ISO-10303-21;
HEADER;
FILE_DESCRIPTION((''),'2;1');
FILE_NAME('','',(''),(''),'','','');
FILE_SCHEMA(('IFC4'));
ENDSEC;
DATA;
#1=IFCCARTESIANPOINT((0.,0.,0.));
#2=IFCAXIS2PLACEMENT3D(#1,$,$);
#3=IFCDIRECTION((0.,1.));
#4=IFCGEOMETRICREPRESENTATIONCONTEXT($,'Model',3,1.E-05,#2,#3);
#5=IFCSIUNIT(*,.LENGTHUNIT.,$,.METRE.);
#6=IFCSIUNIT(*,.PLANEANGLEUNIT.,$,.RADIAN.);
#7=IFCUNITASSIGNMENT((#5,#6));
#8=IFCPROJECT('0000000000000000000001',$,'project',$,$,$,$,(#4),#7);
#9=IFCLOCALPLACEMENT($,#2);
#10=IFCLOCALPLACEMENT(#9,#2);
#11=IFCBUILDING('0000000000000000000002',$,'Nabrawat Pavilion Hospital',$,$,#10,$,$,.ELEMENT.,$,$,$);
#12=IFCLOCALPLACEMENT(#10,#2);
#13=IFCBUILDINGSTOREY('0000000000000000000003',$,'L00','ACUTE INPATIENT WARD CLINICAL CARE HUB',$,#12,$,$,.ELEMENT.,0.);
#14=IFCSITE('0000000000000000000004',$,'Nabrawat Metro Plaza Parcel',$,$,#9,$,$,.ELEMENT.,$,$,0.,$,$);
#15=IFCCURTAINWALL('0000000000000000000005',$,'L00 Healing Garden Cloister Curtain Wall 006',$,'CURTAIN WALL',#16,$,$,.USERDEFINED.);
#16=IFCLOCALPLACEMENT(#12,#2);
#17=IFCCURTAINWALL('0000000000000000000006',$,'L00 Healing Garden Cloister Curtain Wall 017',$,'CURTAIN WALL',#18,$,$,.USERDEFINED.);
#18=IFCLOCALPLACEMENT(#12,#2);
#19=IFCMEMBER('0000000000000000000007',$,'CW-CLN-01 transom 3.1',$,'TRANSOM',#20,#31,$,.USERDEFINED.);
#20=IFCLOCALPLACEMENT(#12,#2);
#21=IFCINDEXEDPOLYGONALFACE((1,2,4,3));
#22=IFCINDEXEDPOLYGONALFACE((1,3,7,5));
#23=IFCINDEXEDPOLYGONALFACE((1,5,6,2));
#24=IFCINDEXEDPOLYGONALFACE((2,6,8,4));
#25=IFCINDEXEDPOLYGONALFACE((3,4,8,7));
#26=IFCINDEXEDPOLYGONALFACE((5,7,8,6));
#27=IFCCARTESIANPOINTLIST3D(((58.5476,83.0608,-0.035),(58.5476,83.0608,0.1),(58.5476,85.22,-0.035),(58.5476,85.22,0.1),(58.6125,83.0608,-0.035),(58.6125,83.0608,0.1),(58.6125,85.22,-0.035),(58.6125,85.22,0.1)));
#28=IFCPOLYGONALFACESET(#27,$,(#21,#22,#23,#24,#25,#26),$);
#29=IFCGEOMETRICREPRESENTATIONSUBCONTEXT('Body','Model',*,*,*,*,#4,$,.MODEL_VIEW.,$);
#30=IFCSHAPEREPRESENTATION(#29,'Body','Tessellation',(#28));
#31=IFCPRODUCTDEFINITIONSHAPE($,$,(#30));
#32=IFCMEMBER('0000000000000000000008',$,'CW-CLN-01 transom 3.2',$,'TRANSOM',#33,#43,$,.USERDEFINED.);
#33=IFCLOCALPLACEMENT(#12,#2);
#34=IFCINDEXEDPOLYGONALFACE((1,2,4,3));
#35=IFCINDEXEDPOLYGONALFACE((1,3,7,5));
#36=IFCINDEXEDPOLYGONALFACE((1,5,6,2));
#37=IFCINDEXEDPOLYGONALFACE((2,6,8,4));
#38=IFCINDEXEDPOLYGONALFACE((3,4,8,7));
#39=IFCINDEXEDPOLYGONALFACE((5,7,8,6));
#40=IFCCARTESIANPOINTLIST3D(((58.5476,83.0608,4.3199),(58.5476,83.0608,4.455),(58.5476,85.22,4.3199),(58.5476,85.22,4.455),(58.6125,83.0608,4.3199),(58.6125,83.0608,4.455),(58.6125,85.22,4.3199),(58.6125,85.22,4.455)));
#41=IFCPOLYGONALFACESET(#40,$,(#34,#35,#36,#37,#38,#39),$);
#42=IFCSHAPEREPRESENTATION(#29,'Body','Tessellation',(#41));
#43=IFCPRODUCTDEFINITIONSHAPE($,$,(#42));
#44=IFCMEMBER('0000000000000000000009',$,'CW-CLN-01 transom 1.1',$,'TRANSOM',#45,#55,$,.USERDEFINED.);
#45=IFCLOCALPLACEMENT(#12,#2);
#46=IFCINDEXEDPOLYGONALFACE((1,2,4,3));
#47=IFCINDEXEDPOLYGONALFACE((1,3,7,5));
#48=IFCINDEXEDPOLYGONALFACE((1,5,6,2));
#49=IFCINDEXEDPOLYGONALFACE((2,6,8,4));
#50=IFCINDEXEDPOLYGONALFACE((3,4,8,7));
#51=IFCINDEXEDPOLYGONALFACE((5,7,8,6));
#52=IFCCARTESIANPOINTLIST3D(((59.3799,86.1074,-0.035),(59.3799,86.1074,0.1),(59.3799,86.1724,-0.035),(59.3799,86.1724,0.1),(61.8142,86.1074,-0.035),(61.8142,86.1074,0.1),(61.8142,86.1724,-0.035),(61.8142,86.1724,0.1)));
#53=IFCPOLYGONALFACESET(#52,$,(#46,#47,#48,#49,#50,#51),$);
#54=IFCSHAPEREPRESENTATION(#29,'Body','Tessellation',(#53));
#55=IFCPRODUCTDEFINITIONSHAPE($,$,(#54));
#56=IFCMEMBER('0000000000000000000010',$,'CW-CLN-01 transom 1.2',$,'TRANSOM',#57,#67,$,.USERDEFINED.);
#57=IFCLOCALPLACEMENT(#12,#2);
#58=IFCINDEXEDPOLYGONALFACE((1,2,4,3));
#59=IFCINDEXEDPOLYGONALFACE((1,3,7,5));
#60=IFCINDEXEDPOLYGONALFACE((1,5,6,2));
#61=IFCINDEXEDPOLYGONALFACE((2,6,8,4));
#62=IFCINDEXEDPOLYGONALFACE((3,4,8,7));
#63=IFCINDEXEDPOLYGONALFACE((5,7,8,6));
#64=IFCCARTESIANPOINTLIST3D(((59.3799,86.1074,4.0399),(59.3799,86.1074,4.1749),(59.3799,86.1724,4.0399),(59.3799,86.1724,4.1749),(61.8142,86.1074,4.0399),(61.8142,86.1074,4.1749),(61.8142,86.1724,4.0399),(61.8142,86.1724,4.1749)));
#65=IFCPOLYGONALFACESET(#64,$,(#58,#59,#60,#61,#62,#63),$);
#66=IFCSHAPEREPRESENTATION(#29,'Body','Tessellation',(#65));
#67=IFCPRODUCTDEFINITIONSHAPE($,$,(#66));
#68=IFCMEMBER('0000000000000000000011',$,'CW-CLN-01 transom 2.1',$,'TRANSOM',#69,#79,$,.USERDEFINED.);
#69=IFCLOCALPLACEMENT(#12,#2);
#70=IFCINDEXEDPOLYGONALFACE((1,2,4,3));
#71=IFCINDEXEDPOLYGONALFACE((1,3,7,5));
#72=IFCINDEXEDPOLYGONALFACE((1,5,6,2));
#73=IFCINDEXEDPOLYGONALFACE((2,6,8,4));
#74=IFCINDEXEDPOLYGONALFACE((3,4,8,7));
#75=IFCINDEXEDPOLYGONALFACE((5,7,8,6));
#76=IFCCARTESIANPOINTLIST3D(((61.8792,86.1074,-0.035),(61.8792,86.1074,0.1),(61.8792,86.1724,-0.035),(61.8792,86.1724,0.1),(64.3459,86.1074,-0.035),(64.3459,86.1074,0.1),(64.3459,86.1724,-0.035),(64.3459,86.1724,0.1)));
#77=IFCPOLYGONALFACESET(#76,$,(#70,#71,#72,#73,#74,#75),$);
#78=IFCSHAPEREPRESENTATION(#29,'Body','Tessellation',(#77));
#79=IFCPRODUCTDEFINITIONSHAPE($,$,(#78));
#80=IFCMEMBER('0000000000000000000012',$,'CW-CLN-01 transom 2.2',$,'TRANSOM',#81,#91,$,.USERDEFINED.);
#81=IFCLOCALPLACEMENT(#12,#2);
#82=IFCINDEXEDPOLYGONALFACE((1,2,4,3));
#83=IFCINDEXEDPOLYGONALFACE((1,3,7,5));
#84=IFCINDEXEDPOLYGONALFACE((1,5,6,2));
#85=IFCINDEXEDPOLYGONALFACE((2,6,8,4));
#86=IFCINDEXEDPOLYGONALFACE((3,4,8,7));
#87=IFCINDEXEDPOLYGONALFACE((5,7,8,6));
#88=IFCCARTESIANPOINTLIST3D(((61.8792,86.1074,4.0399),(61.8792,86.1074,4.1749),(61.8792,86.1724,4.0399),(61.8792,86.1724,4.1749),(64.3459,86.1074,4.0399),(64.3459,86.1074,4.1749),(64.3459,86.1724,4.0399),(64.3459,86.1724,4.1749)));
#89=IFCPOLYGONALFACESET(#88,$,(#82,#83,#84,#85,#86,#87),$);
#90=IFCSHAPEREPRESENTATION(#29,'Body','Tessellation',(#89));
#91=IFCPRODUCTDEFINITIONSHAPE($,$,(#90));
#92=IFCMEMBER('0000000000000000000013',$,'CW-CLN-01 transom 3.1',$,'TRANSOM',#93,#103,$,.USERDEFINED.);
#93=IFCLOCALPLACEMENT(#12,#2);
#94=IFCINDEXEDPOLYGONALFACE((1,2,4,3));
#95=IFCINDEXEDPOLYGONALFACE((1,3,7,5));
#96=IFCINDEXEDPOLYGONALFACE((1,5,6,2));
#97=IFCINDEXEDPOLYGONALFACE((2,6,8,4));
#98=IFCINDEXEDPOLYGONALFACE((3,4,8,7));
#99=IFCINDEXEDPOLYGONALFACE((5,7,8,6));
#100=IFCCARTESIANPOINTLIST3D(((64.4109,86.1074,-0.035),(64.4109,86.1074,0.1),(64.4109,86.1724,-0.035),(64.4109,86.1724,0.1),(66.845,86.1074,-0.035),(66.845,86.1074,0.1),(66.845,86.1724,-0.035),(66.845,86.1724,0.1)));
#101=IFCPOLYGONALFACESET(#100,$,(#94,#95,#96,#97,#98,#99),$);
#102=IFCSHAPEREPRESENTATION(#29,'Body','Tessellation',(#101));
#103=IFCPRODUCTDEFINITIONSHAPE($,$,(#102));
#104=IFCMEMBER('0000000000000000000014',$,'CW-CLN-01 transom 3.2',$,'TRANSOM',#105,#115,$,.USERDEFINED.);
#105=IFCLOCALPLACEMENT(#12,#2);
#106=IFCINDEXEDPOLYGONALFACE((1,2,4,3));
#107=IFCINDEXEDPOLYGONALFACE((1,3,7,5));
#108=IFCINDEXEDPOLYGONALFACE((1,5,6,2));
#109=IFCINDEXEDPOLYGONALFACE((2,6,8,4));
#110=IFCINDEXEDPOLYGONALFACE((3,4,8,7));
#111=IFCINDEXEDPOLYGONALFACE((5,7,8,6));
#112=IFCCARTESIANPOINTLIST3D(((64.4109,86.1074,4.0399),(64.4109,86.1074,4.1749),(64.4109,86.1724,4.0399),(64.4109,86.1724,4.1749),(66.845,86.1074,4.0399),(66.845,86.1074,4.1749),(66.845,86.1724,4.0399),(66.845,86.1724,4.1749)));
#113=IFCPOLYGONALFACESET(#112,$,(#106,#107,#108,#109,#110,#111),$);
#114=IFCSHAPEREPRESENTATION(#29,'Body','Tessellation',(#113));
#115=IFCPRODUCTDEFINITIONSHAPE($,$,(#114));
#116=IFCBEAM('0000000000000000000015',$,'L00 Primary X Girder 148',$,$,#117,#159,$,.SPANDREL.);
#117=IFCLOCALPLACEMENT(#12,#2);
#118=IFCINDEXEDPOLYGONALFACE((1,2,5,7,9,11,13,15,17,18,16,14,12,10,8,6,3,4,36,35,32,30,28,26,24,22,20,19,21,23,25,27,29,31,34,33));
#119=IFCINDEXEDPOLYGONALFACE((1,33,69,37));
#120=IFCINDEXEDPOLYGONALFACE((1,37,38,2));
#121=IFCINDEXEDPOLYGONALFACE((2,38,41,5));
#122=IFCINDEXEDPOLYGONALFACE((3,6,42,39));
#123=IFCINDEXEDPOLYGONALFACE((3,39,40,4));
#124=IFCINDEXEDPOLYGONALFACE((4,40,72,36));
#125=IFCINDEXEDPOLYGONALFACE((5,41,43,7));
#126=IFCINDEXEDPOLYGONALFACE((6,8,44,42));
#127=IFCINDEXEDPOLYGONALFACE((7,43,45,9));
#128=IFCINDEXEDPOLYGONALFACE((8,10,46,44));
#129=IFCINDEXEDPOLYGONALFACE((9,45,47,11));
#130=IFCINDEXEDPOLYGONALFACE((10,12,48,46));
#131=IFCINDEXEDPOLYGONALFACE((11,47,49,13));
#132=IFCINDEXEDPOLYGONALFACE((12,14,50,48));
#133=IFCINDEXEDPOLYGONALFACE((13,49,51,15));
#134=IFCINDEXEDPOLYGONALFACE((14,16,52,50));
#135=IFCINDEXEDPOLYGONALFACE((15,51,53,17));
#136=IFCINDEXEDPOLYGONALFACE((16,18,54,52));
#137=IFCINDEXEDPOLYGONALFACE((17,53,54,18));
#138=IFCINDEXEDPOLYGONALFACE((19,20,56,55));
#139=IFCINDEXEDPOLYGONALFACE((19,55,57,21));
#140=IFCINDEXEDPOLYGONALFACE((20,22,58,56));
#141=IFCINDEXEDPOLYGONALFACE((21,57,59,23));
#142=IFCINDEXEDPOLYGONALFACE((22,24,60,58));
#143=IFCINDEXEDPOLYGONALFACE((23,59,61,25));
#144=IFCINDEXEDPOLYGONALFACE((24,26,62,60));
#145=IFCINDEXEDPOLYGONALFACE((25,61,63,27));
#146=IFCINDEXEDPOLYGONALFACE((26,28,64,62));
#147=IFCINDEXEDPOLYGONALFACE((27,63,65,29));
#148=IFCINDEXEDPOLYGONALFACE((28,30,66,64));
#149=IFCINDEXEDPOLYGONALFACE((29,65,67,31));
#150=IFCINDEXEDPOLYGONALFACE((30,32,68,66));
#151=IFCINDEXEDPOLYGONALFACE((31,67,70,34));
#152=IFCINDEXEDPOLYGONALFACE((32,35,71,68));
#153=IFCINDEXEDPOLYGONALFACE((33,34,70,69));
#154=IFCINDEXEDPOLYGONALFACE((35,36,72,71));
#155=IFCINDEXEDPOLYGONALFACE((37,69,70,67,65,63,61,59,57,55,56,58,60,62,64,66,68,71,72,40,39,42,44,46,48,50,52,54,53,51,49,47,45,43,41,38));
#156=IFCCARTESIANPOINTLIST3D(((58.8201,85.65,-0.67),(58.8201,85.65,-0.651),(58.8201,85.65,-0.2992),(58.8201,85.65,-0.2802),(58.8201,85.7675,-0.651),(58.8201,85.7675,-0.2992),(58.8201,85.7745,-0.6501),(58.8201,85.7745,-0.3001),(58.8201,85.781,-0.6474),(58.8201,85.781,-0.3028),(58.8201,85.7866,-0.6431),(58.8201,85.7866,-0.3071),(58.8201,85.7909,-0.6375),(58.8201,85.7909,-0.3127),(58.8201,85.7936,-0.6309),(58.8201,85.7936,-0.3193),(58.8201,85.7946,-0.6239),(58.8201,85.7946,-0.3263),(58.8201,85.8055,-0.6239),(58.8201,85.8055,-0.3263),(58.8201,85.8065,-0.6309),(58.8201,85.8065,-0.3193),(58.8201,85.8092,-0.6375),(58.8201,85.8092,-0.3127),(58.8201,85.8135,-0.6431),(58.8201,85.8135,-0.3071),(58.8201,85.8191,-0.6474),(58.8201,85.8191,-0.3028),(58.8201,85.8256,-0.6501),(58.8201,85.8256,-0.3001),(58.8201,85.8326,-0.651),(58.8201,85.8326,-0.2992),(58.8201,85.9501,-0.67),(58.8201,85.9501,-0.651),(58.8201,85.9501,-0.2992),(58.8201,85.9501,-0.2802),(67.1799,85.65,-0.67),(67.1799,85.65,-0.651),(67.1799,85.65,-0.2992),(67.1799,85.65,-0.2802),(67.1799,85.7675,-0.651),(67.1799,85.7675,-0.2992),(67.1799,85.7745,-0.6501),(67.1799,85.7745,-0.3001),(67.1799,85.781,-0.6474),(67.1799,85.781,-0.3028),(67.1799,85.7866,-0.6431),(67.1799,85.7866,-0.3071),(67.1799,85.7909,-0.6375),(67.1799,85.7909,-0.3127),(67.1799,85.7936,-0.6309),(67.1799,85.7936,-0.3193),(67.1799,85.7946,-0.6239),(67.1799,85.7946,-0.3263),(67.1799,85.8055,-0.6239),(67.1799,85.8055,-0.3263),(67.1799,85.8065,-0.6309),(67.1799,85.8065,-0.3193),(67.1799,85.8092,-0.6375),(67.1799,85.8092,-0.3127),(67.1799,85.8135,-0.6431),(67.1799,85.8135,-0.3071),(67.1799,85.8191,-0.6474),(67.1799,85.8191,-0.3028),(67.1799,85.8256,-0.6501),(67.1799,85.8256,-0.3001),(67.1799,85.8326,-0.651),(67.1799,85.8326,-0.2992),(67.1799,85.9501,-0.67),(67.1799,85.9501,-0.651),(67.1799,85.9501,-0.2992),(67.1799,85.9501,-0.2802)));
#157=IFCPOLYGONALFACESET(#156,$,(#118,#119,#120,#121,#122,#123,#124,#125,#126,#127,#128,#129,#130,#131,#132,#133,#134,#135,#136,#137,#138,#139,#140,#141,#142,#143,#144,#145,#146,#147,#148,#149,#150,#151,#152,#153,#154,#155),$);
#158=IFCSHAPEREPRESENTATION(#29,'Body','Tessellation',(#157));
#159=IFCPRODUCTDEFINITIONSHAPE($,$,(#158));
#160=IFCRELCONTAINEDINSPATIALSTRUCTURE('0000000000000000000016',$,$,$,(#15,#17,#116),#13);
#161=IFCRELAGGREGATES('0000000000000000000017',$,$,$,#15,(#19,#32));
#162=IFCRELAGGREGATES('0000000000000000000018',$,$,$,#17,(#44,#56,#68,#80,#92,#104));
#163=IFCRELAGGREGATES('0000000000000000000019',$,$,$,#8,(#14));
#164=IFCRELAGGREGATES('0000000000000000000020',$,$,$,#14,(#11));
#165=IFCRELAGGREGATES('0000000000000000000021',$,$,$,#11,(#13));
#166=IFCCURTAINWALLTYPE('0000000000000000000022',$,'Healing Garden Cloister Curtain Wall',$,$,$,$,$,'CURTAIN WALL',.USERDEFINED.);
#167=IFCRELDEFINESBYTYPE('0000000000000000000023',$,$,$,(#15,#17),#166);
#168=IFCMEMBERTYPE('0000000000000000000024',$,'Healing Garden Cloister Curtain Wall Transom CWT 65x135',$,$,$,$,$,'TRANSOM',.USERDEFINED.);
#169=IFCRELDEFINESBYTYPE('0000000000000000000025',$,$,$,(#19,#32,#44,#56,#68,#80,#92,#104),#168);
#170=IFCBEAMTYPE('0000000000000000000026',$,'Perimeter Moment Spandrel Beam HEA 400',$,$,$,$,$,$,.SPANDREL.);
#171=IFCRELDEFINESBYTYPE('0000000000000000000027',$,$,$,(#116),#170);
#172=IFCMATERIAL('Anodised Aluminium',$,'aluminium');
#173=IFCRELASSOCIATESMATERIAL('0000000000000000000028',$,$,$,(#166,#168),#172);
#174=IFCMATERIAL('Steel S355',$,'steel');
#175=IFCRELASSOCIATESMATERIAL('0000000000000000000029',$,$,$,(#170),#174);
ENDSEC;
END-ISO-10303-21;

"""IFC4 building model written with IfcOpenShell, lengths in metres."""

from ifc_helpers import new_model, si_unit, direction, frame, origin, origin_2d, place, context, subcontext, project, spatial, rectangle, i_section, extrude, material, material_profile, profile_set, type_object, element, aggregate, save


model = new_model("IFC4")

# Units and contexts
model_context = context("Model", 3, precision=1e-05, world=origin(), true_north=direction((0.0, 1.0)))
body_context = subcontext(model_context, "Body", "Model", "MODEL_VIEW")
ifc_project = project(units=[si_unit("LENGTHUNIT", "METRE"), si_unit("PLANEANGLEUNIT", "RADIAN")], contexts=[model_context])

# Site, building, storey
site_placement = place(None, origin())
site = spatial("IfcSite", under=ifc_project, at=site_placement, Name="Nabrawat Metro Plaza Parcel", CompositionType="ELEMENT", RefElevation=0.0)
building_placement = place(site_placement, origin())
building = spatial("IfcBuilding", under=site, at=building_placement, Name="Nabrawat Pavilion Hospital", CompositionType="ELEMENT")
storey_placement = place(building_placement, origin())
storey = spatial("IfcBuildingStorey", under=building, at=storey_placement, Name="L00", Description="ACUTE INPATIENT WARD CLINICAL CARE HUB", CompositionType="ELEMENT", Elevation=0.0)

# Shared definitions
ifc_material_1 = material(Name="Steel S355", Category="steel")

# Curtain walls
ifc_material_2 = material(Name="Anodised Aluminium", Category="aluminium")
curtain_wall_type = type_object("IfcCurtainWallType", Name="Healing Garden Cloister Curtain Wall", ElementType="CURTAIN WALL", PredefinedType="USERDEFINED", material=ifc_material_2)
curtain_wall_1_placement = place(storey_placement, origin())
curtain_wall_1 = element("IfcCurtainWall", 1, at=curtain_wall_1_placement, inside=storey, type_object=curtain_wall_type, Name="L00 Healing Garden Cloister Curtain Wall 006", ObjectType="CURTAIN WALL", PredefinedType="USERDEFINED")
curtain_wall_2_placement = place(storey_placement, origin())
curtain_wall_2 = element("IfcCurtainWall", 2, at=curtain_wall_2_placement, inside=storey, type_object=curtain_wall_type, Name="L00 Healing Garden Cloister Curtain Wall 017", ObjectType="CURTAIN WALL", PredefinedType="USERDEFINED")

# Members
ifc_material_profile_1 = material_profile(ifc_material_2, rectangle(XDim=0.0649, YDim=0.135, at=origin_2d()), Name="CWT 65x135")
ifc_profile_set_1 = profile_set([ifc_material_profile_1], Name="Anodised Aluminium")
member_type_1 = type_object("IfcMemberType", Name="Healing Garden Cloister Curtain Wall Transom CWT 65x135", ElementType="TRANSOM", PredefinedType="USERDEFINED", material=ifc_profile_set_1)
member_1_placement = place(storey_placement, frame((58.5801, 83.0608, 0.0325), z_axis=(0.0, 1.0, 0.0), x_axis=(-1.0, 0.0, 0.0)))
member_1 = element("IfcMember", 3, at=member_1_placement, type_object=member_type_1, Name="CW-CLN-01 transom 3.1", ObjectType="TRANSOM", PredefinedType="USERDEFINED", context=body_context, shape_type="SweptSolid", body=[
    extrude(rectangle(XDim=0.0649, YDim=0.135, at=origin_2d()), origin(), (0.0, 0.0, 1.0), 2.1592),
])
member_2_placement = place(storey_placement, frame((58.5801, 83.0608, 4.3875), z_axis=(0.0, 1.0, 0.0), x_axis=(-1.0, 0.0, 0.0)))
member_2 = element("IfcMember", 4, at=member_2_placement, type_object=member_type_1, Name="CW-CLN-01 transom 3.2", ObjectType="TRANSOM", PredefinedType="USERDEFINED", context=body_context, shape_type="SweptSolid", body=[
    extrude(rectangle(XDim=0.0649, YDim=0.135, at=origin_2d()), origin(), (0.0, 0.0, 1.0), 2.1592),
])
member_3_placement = place(storey_placement, frame((59.3799, 86.1399, 0.0325), z_axis=(1.0, 0.0, 0.0), x_axis=(0.0, 1.0, 0.0)))
member_3 = element("IfcMember", 5, at=member_3_placement, type_object=member_type_1, Name="CW-CLN-01 transom 1.1", ObjectType="TRANSOM", PredefinedType="USERDEFINED", context=body_context, shape_type="SweptSolid", body=[
    extrude(rectangle(XDim=0.0649, YDim=0.135, at=origin_2d()), origin(), (0.0, 0.0, 1.0), 2.4343),
])
member_4_placement = place(storey_placement, frame((59.3799, 86.1399, 4.1074), z_axis=(1.0, 0.0, 0.0), x_axis=(0.0, 1.0, 0.0)))
member_4 = element("IfcMember", 6, at=member_4_placement, type_object=member_type_1, Name="CW-CLN-01 transom 1.2", ObjectType="TRANSOM", PredefinedType="USERDEFINED", context=body_context, shape_type="SweptSolid", body=[
    extrude(rectangle(XDim=0.0649, YDim=0.135, at=origin_2d()), origin(), (0.0, 0.0, 1.0), 2.4343),
])
member_5_placement = place(storey_placement, frame((61.8792, 86.1399, 0.0325), z_axis=(1.0, 0.0, 0.0), x_axis=(0.0, 1.0, 0.0)))
member_5 = element("IfcMember", 7, at=member_5_placement, type_object=member_type_1, Name="CW-CLN-01 transom 2.1", ObjectType="TRANSOM", PredefinedType="USERDEFINED", context=body_context, shape_type="SweptSolid", body=[
    extrude(rectangle(XDim=0.0649, YDim=0.135, at=origin_2d()), origin(), (0.0, 0.0, 1.0), 2.4668),
])
member_6_placement = place(storey_placement, frame((61.8792, 86.1399, 4.1074), z_axis=(1.0, 0.0, 0.0), x_axis=(0.0, 1.0, 0.0)))
member_6 = element("IfcMember", 8, at=member_6_placement, type_object=member_type_1, Name="CW-CLN-01 transom 2.2", ObjectType="TRANSOM", PredefinedType="USERDEFINED", context=body_context, shape_type="SweptSolid", body=[
    extrude(rectangle(XDim=0.0649, YDim=0.135, at=origin_2d()), origin(), (0.0, 0.0, 1.0), 2.4668),
])
member_7_placement = place(storey_placement, frame((64.4109, 86.1399, 0.0325), z_axis=(1.0, 0.0, 0.0), x_axis=(0.0, 1.0, 0.0)))
member_7 = element("IfcMember", 9, at=member_7_placement, type_object=member_type_1, Name="CW-CLN-01 transom 3.1", ObjectType="TRANSOM", PredefinedType="USERDEFINED", context=body_context, shape_type="SweptSolid", body=[
    extrude(rectangle(XDim=0.0649, YDim=0.135, at=origin_2d()), origin(), (0.0, 0.0, 1.0), 2.4341),
])
member_8_placement = place(storey_placement, frame((64.4109, 86.1399, 4.1074), z_axis=(1.0, 0.0, 0.0), x_axis=(0.0, 1.0, 0.0)))
member_8 = element("IfcMember", 10, at=member_8_placement, type_object=member_type_1, Name="CW-CLN-01 transom 3.2", ObjectType="TRANSOM", PredefinedType="USERDEFINED", context=body_context, shape_type="SweptSolid", body=[
    extrude(rectangle(XDim=0.0649, YDim=0.135, at=origin_2d()), origin(), (0.0, 0.0, 1.0), 2.4341),
])

# Beam
ifc_material_profile_2 = material_profile(ifc_material_1, i_section(OverallWidth=0.3, OverallDepth=0.3899, WebThickness=0.011, FlangeThickness=0.019, FilletRadius=0.0271, at=origin_2d()), Name="HEA 400")
ifc_profile_set_2 = profile_set([ifc_material_profile_2], Name="Steel S355")
beam_type_1 = type_object("IfcBeamType", Name="Perimeter Moment Spandrel Beam HEA 400", PredefinedType="SPANDREL", material=ifc_profile_set_2)
beam_1_placement = place(storey_placement, frame((58.8201, 85.8, -0.4751), z_axis=(1.0, 0.0, 0.0), x_axis=(0.0, 1.0, 0.0)))
element("IfcBeam", 11, at=beam_1_placement, inside=storey, type_object=beam_type_1, Name="L00 Primary X Girder 148", PredefinedType="SPANDREL", context=body_context, shape_type="SweptSolid", body=[
    extrude(i_section(OverallWidth=0.3, OverallDepth=0.3899, WebThickness=0.011, FlangeThickness=0.019, FilletRadius=0.0271, at=origin_2d()), origin(), (0.0, 0.0, 1.0), 8.3599),
])

aggregate(curtain_wall_1, [member_1, member_2])
aggregate(curtain_wall_2, [member_3, member_4, member_5, member_6, member_7, member_8])

save(model, "model.ifc")
